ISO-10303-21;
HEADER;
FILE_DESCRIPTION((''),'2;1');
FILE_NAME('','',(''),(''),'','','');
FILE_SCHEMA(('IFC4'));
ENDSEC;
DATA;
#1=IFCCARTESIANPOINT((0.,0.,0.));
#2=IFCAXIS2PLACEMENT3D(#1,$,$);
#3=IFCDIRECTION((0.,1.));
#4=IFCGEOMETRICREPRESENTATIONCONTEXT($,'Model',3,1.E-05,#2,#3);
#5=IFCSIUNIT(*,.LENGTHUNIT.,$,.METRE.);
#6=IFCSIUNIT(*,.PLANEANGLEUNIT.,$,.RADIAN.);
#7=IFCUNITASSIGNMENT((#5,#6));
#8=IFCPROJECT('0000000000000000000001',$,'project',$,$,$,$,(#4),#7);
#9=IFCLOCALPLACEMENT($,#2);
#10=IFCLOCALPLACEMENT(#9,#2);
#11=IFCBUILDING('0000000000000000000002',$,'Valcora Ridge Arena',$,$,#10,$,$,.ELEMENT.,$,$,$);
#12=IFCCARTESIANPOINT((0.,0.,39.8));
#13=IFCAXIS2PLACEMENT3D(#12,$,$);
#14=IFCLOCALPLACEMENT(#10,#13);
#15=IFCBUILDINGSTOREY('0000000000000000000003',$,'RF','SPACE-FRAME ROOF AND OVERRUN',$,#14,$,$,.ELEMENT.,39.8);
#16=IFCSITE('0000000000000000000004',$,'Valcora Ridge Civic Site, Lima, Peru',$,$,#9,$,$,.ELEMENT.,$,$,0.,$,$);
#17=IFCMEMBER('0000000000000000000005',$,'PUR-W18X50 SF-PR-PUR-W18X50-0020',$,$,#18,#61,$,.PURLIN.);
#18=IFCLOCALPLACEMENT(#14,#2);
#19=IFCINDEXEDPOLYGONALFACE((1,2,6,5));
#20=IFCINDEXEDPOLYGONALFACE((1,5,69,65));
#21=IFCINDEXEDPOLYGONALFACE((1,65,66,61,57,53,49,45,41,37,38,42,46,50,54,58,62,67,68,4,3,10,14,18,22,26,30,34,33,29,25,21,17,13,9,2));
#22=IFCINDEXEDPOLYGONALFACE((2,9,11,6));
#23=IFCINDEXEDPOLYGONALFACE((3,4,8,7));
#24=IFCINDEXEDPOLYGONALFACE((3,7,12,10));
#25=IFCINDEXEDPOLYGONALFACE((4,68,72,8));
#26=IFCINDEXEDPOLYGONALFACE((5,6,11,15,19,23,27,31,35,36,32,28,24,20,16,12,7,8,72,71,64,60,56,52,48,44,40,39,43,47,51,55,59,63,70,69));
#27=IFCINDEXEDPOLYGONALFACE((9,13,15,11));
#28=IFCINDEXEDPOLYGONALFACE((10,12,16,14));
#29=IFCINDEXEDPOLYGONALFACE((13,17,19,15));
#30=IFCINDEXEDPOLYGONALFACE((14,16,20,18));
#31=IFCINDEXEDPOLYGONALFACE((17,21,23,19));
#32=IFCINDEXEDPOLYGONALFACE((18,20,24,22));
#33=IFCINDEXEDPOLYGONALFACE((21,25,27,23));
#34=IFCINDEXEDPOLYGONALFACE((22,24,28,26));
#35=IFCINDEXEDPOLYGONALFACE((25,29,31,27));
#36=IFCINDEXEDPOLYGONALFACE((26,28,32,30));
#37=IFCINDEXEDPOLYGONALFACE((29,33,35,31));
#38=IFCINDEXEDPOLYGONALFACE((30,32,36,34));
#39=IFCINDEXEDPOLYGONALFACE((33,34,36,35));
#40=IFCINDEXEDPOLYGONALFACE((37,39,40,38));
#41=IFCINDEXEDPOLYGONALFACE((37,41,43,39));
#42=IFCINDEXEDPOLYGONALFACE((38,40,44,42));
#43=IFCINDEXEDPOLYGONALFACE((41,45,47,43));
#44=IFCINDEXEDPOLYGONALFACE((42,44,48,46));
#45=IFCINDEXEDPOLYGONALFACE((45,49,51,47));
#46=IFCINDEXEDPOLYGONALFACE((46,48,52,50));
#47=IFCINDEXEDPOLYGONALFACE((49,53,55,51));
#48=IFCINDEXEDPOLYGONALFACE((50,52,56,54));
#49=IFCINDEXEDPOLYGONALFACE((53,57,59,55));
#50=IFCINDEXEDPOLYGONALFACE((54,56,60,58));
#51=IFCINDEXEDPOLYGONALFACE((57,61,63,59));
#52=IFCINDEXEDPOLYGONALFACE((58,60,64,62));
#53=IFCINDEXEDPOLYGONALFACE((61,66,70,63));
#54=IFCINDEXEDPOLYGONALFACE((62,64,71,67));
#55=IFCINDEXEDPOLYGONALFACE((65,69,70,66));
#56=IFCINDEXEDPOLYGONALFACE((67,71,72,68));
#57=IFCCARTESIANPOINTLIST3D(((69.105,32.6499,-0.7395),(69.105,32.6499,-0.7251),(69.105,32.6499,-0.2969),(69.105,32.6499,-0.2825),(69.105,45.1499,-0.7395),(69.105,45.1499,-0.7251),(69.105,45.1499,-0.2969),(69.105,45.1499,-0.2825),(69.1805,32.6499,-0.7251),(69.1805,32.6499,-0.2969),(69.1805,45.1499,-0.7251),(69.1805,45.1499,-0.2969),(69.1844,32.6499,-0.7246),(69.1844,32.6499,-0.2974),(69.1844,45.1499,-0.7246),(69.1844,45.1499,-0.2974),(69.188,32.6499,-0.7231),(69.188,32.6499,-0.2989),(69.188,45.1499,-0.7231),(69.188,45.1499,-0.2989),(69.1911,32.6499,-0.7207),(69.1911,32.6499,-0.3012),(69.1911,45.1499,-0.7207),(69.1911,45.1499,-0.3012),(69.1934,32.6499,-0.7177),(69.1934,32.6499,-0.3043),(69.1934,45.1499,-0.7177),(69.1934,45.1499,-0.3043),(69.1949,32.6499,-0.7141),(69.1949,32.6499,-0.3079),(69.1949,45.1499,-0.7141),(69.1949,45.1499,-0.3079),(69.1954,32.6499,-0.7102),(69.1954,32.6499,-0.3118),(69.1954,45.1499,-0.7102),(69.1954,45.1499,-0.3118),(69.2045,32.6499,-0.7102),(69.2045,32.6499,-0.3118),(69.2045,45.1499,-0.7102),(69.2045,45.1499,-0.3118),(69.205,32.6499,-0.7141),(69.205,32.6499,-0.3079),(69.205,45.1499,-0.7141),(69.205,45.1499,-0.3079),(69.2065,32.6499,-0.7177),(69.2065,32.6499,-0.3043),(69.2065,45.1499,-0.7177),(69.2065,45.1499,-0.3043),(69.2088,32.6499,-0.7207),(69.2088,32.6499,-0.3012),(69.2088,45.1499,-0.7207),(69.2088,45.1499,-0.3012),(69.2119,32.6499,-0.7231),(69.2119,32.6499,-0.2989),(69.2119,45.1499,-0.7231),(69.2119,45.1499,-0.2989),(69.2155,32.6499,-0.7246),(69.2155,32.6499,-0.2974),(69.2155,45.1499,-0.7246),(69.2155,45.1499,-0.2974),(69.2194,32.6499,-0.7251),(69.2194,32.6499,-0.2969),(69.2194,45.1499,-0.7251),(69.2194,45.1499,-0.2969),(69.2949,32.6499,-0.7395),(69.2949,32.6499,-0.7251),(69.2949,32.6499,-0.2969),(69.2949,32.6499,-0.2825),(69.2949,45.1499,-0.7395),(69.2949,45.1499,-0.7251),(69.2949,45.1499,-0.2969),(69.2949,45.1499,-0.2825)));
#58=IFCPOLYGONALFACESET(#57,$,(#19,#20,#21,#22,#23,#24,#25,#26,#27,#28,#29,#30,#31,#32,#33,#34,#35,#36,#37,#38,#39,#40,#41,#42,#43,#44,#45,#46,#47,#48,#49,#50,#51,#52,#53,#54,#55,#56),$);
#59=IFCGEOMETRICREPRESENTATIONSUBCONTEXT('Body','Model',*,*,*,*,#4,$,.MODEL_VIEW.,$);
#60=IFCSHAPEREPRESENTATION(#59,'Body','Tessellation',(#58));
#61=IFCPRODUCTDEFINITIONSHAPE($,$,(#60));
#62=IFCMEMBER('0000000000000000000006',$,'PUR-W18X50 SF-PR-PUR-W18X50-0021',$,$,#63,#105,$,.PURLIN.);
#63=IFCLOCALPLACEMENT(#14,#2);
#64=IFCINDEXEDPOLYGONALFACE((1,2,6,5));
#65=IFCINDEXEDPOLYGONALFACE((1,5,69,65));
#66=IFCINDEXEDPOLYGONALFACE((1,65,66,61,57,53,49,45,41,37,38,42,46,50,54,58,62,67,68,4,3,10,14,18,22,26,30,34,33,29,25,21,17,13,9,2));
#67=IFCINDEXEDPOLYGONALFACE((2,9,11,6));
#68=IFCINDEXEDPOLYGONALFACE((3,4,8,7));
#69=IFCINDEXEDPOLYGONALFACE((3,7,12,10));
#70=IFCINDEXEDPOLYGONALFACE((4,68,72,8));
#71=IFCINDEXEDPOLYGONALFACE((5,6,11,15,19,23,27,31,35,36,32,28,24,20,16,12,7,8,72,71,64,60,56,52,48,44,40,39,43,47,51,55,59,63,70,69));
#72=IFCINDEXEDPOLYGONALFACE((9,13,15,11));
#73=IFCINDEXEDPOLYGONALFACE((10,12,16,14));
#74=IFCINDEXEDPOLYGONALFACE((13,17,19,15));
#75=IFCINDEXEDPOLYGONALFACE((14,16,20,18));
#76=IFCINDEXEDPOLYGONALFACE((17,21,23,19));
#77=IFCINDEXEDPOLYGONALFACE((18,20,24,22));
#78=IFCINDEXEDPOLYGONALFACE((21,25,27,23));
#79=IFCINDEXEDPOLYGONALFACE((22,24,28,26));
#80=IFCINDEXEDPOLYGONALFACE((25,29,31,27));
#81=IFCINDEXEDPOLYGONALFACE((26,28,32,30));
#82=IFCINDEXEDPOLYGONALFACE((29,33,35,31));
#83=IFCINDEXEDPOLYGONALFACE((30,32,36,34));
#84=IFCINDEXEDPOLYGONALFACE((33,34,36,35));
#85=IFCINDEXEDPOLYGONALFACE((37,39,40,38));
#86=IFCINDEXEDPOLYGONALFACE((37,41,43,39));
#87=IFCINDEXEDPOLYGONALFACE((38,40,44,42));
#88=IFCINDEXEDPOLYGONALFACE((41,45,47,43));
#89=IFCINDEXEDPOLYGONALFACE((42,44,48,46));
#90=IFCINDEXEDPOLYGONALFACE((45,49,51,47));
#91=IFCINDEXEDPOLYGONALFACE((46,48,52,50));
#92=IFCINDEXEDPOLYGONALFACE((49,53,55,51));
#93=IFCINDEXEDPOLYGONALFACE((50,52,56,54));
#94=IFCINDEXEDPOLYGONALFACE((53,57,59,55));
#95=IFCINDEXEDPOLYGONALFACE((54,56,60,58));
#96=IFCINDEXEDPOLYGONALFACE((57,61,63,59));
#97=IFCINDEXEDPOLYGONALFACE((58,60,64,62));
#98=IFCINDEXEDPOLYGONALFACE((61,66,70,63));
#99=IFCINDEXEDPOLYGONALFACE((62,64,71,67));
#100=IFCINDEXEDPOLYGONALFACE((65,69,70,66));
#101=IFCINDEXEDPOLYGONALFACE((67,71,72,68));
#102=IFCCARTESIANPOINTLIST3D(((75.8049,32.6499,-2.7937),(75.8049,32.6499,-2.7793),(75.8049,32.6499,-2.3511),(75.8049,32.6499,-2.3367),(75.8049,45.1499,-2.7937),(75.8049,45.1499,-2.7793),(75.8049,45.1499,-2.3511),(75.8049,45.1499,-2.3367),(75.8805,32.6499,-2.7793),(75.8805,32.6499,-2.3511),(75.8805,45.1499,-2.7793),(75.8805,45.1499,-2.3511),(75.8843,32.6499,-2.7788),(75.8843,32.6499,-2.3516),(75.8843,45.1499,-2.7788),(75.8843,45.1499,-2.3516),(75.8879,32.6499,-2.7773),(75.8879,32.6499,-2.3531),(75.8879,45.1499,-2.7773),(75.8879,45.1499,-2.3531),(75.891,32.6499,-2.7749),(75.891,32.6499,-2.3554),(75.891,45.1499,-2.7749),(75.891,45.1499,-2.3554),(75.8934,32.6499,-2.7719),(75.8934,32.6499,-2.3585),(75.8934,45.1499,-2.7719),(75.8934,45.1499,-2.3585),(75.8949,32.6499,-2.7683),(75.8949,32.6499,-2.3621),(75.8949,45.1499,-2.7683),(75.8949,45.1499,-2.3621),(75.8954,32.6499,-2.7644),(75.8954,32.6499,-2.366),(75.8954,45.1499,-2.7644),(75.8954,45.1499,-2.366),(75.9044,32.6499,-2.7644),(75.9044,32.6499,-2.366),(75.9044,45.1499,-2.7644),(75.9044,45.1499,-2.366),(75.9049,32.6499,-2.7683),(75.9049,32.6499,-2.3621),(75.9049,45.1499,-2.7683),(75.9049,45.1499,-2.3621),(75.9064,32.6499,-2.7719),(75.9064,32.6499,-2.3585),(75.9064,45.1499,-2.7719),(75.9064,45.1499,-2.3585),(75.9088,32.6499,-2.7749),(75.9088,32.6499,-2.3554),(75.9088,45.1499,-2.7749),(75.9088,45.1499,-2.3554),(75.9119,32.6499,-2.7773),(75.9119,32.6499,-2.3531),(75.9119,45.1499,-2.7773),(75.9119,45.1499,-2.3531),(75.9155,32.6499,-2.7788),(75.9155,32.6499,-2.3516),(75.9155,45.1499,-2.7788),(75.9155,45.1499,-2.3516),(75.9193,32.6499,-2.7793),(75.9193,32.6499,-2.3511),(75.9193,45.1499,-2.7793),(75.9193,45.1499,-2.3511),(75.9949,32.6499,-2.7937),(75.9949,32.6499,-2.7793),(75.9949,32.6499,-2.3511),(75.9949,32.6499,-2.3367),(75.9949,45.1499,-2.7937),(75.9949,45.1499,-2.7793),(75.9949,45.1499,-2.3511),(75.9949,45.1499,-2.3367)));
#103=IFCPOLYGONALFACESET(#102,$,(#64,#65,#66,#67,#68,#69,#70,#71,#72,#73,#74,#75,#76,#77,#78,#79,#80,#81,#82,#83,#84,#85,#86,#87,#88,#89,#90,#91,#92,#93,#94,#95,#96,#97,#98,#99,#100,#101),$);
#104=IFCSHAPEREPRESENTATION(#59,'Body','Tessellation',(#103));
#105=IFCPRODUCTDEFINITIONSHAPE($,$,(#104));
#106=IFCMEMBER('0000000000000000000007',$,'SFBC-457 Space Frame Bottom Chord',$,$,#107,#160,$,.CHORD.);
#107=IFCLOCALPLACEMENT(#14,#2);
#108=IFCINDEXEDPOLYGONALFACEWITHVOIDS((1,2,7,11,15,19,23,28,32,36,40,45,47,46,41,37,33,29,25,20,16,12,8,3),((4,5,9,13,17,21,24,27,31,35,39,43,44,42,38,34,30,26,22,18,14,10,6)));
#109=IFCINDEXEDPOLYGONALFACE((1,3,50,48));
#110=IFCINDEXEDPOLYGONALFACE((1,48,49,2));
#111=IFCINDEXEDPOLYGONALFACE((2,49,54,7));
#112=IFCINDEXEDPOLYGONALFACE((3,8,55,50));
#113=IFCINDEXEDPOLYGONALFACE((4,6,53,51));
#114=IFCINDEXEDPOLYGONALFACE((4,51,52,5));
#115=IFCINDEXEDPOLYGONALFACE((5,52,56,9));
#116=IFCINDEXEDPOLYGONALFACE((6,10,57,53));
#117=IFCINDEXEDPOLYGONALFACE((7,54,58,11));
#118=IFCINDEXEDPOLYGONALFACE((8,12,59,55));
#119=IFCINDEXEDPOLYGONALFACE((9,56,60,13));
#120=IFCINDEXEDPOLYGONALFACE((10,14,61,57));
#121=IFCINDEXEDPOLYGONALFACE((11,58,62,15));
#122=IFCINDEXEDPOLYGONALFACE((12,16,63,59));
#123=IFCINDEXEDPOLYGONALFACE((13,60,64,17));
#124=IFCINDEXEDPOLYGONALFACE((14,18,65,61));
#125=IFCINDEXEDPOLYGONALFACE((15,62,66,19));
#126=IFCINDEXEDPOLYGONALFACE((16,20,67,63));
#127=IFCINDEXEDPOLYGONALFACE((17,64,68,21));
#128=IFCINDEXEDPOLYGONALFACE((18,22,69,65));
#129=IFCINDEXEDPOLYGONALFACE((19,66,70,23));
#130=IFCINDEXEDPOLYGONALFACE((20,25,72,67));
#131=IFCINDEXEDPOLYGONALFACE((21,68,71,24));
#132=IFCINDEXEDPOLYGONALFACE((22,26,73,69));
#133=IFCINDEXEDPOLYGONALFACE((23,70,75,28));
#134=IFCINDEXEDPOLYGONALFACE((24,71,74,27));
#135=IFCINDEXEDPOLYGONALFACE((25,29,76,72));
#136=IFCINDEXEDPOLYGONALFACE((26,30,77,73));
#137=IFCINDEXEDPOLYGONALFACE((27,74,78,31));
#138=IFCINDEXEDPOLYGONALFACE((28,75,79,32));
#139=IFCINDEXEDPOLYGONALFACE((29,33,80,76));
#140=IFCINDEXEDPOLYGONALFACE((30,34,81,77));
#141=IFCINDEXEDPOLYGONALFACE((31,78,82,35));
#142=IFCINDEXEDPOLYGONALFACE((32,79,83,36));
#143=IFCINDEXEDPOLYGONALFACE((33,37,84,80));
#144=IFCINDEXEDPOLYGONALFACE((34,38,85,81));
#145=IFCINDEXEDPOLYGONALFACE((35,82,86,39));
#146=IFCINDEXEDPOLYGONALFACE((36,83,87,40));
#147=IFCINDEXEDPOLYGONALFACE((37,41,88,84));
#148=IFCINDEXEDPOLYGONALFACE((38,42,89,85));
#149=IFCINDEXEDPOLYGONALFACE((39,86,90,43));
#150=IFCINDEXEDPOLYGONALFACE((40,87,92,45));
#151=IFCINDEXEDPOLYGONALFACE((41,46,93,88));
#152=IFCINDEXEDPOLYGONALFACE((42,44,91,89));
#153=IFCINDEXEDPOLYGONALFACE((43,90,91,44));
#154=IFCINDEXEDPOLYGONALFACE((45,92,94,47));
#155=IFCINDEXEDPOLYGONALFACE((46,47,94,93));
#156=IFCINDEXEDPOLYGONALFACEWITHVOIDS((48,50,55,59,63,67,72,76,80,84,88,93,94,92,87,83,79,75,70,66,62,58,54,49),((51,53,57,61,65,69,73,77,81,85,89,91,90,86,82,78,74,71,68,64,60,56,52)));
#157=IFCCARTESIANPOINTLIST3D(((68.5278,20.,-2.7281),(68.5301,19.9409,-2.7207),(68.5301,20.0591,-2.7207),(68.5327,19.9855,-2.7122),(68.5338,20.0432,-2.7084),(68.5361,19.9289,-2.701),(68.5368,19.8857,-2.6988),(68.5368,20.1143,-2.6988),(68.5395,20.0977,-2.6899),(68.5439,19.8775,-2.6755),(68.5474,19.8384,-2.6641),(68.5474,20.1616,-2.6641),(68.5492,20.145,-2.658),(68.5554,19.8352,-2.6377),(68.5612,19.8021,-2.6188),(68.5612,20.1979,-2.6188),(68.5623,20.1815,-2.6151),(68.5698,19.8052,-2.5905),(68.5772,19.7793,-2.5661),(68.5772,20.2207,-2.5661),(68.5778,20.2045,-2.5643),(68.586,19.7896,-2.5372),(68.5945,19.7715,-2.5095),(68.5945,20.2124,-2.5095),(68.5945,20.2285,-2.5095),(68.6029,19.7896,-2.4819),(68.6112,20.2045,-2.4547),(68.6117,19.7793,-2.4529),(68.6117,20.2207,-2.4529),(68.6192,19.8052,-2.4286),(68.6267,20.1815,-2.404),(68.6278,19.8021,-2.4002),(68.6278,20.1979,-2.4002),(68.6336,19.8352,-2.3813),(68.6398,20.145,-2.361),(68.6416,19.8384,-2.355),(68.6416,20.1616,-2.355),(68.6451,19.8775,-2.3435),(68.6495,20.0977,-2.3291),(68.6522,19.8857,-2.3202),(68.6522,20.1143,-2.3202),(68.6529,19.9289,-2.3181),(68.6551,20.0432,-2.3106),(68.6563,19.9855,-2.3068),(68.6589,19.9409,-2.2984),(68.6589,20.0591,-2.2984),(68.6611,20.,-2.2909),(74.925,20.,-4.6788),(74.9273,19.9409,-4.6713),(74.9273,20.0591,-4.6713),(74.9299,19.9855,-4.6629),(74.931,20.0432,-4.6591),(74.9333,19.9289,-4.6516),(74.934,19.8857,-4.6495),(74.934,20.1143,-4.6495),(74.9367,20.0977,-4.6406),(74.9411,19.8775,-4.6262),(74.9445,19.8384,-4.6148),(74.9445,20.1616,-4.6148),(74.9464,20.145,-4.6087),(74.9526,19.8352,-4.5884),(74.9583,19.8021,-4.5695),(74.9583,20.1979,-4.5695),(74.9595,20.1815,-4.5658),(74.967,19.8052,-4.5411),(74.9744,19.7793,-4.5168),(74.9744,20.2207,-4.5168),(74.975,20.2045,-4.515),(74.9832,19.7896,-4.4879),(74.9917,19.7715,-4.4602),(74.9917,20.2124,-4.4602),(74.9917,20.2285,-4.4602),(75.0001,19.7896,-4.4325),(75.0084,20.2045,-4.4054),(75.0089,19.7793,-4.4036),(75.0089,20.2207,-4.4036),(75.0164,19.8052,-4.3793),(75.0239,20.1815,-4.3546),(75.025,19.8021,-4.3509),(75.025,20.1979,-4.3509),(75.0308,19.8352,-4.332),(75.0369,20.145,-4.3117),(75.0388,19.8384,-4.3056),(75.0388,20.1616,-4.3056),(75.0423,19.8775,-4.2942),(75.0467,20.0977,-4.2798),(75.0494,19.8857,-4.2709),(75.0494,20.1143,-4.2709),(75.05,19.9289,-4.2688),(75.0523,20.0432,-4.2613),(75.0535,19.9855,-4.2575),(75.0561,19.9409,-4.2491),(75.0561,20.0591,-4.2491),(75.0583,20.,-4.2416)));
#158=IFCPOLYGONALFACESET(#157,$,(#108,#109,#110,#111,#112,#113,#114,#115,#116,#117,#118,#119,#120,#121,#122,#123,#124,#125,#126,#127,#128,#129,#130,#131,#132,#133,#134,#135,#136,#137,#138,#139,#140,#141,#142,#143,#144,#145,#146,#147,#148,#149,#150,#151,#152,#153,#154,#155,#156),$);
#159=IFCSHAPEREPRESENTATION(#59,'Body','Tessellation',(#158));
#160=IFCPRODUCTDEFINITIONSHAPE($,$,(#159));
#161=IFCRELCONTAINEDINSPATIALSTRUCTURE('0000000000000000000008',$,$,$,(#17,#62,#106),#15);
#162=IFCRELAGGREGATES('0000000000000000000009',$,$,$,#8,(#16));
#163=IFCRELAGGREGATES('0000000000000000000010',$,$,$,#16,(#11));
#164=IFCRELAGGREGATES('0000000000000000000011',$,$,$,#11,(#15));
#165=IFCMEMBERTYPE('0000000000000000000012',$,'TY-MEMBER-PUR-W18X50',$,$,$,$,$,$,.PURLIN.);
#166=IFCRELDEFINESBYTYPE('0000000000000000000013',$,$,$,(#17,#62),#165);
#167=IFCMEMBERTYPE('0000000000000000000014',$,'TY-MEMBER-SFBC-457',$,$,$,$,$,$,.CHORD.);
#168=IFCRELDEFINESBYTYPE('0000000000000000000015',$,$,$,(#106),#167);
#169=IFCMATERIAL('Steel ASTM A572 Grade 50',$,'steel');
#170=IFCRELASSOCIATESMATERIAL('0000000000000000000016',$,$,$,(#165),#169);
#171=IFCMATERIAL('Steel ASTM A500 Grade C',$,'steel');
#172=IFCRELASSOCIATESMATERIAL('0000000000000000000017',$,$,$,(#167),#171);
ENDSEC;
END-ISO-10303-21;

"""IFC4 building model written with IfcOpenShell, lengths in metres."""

from ifc_helpers import new_model, si_unit, direction, frame, origin, origin_2d, place, context, subcontext, project, spatial, hollow_circle, i_section, extrude, material, material_profile, profile_set, type_object, element, save


model = new_model("IFC4")

# Units and contexts
model_context = context("Model", 3, precision=1e-05, world=origin(), true_north=direction((0.0, 1.0)))
body_context = subcontext(model_context, "Body", "Model", "MODEL_VIEW")
ifc_project = project(units=[si_unit("LENGTHUNIT", "METRE"), si_unit("PLANEANGLEUNIT", "RADIAN")], contexts=[model_context])

# Site, building, storey
site_placement = place(None, origin())
site = spatial("IfcSite", under=ifc_project, at=site_placement, Name="Valcora Ridge Civic Site, Lima, Peru", CompositionType="ELEMENT", RefElevation=0.0)
building_placement = place(site_placement, origin())
building = spatial("IfcBuilding", under=site, at=building_placement, Name="Valcora Ridge Arena", CompositionType="ELEMENT")
storey_placement = place(building_placement, frame((0.0, 0.0, 39.8)))
storey = spatial("IfcBuildingStorey", under=building, at=storey_placement, Name="RF", Description="SPACE-FRAME ROOF AND OVERRUN", CompositionType="ELEMENT", Elevation=39.8)

# Members
ifc_material_1 = material(Name="Steel ASTM A572 Grade 50", Category="steel")
ifc_material_profile_1 = material_profile(ifc_material_1, i_section(OverallWidth=0.1899, OverallDepth=0.457, WebThickness=0.009, FlangeThickness=0.0144, FilletRadius=0.0149, at=origin_2d()), Name="W18X50")
ifc_profile_set_1 = profile_set([ifc_material_profile_1], Name="Steel ASTM A572 Grade 50")
member_type_1 = type_object("IfcMemberType", Name="TY-MEMBER-PUR-W18X50", PredefinedType="PURLIN", material=ifc_profile_set_1)
for number, where, z_axis, x_axis, name in (
    (1, (69.2, 32.6499, -0.511), (0.0, 1.0, 0.0), (-1.0, 0.0, 0.0), "PUR-W18X50 SF-PR-PUR-W18X50-0020"),
    (2, (75.8999, 32.6499, -2.5652), (0.0, 1.0, 0.0), (-1.0, 0.0, 0.0), "PUR-W18X50 SF-PR-PUR-W18X50-0021"),
):
    element("IfcMember", number, at=place(storey_placement, frame(where, z_axis=z_axis, x_axis=x_axis)), inside=storey, type_object=member_type_1, Name=name, PredefinedType="PURLIN", context=body_context, shape_type="SweptSolid", body=[
        extrude(i_section(OverallWidth=0.1899, OverallDepth=0.457, WebThickness=0.009, FlangeThickness=0.0144, FilletRadius=0.0149, at=origin_2d()), origin(), (0.0, 0.0, 1.0), 12.5),
    ])
ifc_material_2 = material(Name="Steel ASTM A500 Grade C", Category="steel")
ifc_material_profile_2 = material_profile(ifc_material_2, hollow_circle(Radius=0.2285, WallThickness=0.0161, at=origin_2d()), Name="CHS457X16")
ifc_profile_set_2 = profile_set([ifc_material_profile_2], Name="Steel ASTM A500 Grade C")
member_type_2 = type_object("IfcMemberType", Name="TY-MEMBER-SFBC-457", PredefinedType="CHORD", material=ifc_profile_set_2)
for number, where, z_axis, x_axis, name in (
    (3, (68.5945, 20.0, -2.5095), (0.956519, 0.0, -0.291669), (0.0, 1.0, 0.0), "SFBC-457 Space Frame Bottom Chord"),
):
    element("IfcMember", number, at=place(storey_placement, frame(where, z_axis=z_axis, x_axis=x_axis)), inside=storey, type_object=member_type_2, Name=name, PredefinedType="CHORD", context=body_context, shape_type="SweptSolid", body=[
        extrude(hollow_circle(Radius=0.2285, WallThickness=0.0161, at=origin_2d()), origin(), (0.0, 0.0, 1.0), 6.688),
    ])

save(model, "model.ifc")
